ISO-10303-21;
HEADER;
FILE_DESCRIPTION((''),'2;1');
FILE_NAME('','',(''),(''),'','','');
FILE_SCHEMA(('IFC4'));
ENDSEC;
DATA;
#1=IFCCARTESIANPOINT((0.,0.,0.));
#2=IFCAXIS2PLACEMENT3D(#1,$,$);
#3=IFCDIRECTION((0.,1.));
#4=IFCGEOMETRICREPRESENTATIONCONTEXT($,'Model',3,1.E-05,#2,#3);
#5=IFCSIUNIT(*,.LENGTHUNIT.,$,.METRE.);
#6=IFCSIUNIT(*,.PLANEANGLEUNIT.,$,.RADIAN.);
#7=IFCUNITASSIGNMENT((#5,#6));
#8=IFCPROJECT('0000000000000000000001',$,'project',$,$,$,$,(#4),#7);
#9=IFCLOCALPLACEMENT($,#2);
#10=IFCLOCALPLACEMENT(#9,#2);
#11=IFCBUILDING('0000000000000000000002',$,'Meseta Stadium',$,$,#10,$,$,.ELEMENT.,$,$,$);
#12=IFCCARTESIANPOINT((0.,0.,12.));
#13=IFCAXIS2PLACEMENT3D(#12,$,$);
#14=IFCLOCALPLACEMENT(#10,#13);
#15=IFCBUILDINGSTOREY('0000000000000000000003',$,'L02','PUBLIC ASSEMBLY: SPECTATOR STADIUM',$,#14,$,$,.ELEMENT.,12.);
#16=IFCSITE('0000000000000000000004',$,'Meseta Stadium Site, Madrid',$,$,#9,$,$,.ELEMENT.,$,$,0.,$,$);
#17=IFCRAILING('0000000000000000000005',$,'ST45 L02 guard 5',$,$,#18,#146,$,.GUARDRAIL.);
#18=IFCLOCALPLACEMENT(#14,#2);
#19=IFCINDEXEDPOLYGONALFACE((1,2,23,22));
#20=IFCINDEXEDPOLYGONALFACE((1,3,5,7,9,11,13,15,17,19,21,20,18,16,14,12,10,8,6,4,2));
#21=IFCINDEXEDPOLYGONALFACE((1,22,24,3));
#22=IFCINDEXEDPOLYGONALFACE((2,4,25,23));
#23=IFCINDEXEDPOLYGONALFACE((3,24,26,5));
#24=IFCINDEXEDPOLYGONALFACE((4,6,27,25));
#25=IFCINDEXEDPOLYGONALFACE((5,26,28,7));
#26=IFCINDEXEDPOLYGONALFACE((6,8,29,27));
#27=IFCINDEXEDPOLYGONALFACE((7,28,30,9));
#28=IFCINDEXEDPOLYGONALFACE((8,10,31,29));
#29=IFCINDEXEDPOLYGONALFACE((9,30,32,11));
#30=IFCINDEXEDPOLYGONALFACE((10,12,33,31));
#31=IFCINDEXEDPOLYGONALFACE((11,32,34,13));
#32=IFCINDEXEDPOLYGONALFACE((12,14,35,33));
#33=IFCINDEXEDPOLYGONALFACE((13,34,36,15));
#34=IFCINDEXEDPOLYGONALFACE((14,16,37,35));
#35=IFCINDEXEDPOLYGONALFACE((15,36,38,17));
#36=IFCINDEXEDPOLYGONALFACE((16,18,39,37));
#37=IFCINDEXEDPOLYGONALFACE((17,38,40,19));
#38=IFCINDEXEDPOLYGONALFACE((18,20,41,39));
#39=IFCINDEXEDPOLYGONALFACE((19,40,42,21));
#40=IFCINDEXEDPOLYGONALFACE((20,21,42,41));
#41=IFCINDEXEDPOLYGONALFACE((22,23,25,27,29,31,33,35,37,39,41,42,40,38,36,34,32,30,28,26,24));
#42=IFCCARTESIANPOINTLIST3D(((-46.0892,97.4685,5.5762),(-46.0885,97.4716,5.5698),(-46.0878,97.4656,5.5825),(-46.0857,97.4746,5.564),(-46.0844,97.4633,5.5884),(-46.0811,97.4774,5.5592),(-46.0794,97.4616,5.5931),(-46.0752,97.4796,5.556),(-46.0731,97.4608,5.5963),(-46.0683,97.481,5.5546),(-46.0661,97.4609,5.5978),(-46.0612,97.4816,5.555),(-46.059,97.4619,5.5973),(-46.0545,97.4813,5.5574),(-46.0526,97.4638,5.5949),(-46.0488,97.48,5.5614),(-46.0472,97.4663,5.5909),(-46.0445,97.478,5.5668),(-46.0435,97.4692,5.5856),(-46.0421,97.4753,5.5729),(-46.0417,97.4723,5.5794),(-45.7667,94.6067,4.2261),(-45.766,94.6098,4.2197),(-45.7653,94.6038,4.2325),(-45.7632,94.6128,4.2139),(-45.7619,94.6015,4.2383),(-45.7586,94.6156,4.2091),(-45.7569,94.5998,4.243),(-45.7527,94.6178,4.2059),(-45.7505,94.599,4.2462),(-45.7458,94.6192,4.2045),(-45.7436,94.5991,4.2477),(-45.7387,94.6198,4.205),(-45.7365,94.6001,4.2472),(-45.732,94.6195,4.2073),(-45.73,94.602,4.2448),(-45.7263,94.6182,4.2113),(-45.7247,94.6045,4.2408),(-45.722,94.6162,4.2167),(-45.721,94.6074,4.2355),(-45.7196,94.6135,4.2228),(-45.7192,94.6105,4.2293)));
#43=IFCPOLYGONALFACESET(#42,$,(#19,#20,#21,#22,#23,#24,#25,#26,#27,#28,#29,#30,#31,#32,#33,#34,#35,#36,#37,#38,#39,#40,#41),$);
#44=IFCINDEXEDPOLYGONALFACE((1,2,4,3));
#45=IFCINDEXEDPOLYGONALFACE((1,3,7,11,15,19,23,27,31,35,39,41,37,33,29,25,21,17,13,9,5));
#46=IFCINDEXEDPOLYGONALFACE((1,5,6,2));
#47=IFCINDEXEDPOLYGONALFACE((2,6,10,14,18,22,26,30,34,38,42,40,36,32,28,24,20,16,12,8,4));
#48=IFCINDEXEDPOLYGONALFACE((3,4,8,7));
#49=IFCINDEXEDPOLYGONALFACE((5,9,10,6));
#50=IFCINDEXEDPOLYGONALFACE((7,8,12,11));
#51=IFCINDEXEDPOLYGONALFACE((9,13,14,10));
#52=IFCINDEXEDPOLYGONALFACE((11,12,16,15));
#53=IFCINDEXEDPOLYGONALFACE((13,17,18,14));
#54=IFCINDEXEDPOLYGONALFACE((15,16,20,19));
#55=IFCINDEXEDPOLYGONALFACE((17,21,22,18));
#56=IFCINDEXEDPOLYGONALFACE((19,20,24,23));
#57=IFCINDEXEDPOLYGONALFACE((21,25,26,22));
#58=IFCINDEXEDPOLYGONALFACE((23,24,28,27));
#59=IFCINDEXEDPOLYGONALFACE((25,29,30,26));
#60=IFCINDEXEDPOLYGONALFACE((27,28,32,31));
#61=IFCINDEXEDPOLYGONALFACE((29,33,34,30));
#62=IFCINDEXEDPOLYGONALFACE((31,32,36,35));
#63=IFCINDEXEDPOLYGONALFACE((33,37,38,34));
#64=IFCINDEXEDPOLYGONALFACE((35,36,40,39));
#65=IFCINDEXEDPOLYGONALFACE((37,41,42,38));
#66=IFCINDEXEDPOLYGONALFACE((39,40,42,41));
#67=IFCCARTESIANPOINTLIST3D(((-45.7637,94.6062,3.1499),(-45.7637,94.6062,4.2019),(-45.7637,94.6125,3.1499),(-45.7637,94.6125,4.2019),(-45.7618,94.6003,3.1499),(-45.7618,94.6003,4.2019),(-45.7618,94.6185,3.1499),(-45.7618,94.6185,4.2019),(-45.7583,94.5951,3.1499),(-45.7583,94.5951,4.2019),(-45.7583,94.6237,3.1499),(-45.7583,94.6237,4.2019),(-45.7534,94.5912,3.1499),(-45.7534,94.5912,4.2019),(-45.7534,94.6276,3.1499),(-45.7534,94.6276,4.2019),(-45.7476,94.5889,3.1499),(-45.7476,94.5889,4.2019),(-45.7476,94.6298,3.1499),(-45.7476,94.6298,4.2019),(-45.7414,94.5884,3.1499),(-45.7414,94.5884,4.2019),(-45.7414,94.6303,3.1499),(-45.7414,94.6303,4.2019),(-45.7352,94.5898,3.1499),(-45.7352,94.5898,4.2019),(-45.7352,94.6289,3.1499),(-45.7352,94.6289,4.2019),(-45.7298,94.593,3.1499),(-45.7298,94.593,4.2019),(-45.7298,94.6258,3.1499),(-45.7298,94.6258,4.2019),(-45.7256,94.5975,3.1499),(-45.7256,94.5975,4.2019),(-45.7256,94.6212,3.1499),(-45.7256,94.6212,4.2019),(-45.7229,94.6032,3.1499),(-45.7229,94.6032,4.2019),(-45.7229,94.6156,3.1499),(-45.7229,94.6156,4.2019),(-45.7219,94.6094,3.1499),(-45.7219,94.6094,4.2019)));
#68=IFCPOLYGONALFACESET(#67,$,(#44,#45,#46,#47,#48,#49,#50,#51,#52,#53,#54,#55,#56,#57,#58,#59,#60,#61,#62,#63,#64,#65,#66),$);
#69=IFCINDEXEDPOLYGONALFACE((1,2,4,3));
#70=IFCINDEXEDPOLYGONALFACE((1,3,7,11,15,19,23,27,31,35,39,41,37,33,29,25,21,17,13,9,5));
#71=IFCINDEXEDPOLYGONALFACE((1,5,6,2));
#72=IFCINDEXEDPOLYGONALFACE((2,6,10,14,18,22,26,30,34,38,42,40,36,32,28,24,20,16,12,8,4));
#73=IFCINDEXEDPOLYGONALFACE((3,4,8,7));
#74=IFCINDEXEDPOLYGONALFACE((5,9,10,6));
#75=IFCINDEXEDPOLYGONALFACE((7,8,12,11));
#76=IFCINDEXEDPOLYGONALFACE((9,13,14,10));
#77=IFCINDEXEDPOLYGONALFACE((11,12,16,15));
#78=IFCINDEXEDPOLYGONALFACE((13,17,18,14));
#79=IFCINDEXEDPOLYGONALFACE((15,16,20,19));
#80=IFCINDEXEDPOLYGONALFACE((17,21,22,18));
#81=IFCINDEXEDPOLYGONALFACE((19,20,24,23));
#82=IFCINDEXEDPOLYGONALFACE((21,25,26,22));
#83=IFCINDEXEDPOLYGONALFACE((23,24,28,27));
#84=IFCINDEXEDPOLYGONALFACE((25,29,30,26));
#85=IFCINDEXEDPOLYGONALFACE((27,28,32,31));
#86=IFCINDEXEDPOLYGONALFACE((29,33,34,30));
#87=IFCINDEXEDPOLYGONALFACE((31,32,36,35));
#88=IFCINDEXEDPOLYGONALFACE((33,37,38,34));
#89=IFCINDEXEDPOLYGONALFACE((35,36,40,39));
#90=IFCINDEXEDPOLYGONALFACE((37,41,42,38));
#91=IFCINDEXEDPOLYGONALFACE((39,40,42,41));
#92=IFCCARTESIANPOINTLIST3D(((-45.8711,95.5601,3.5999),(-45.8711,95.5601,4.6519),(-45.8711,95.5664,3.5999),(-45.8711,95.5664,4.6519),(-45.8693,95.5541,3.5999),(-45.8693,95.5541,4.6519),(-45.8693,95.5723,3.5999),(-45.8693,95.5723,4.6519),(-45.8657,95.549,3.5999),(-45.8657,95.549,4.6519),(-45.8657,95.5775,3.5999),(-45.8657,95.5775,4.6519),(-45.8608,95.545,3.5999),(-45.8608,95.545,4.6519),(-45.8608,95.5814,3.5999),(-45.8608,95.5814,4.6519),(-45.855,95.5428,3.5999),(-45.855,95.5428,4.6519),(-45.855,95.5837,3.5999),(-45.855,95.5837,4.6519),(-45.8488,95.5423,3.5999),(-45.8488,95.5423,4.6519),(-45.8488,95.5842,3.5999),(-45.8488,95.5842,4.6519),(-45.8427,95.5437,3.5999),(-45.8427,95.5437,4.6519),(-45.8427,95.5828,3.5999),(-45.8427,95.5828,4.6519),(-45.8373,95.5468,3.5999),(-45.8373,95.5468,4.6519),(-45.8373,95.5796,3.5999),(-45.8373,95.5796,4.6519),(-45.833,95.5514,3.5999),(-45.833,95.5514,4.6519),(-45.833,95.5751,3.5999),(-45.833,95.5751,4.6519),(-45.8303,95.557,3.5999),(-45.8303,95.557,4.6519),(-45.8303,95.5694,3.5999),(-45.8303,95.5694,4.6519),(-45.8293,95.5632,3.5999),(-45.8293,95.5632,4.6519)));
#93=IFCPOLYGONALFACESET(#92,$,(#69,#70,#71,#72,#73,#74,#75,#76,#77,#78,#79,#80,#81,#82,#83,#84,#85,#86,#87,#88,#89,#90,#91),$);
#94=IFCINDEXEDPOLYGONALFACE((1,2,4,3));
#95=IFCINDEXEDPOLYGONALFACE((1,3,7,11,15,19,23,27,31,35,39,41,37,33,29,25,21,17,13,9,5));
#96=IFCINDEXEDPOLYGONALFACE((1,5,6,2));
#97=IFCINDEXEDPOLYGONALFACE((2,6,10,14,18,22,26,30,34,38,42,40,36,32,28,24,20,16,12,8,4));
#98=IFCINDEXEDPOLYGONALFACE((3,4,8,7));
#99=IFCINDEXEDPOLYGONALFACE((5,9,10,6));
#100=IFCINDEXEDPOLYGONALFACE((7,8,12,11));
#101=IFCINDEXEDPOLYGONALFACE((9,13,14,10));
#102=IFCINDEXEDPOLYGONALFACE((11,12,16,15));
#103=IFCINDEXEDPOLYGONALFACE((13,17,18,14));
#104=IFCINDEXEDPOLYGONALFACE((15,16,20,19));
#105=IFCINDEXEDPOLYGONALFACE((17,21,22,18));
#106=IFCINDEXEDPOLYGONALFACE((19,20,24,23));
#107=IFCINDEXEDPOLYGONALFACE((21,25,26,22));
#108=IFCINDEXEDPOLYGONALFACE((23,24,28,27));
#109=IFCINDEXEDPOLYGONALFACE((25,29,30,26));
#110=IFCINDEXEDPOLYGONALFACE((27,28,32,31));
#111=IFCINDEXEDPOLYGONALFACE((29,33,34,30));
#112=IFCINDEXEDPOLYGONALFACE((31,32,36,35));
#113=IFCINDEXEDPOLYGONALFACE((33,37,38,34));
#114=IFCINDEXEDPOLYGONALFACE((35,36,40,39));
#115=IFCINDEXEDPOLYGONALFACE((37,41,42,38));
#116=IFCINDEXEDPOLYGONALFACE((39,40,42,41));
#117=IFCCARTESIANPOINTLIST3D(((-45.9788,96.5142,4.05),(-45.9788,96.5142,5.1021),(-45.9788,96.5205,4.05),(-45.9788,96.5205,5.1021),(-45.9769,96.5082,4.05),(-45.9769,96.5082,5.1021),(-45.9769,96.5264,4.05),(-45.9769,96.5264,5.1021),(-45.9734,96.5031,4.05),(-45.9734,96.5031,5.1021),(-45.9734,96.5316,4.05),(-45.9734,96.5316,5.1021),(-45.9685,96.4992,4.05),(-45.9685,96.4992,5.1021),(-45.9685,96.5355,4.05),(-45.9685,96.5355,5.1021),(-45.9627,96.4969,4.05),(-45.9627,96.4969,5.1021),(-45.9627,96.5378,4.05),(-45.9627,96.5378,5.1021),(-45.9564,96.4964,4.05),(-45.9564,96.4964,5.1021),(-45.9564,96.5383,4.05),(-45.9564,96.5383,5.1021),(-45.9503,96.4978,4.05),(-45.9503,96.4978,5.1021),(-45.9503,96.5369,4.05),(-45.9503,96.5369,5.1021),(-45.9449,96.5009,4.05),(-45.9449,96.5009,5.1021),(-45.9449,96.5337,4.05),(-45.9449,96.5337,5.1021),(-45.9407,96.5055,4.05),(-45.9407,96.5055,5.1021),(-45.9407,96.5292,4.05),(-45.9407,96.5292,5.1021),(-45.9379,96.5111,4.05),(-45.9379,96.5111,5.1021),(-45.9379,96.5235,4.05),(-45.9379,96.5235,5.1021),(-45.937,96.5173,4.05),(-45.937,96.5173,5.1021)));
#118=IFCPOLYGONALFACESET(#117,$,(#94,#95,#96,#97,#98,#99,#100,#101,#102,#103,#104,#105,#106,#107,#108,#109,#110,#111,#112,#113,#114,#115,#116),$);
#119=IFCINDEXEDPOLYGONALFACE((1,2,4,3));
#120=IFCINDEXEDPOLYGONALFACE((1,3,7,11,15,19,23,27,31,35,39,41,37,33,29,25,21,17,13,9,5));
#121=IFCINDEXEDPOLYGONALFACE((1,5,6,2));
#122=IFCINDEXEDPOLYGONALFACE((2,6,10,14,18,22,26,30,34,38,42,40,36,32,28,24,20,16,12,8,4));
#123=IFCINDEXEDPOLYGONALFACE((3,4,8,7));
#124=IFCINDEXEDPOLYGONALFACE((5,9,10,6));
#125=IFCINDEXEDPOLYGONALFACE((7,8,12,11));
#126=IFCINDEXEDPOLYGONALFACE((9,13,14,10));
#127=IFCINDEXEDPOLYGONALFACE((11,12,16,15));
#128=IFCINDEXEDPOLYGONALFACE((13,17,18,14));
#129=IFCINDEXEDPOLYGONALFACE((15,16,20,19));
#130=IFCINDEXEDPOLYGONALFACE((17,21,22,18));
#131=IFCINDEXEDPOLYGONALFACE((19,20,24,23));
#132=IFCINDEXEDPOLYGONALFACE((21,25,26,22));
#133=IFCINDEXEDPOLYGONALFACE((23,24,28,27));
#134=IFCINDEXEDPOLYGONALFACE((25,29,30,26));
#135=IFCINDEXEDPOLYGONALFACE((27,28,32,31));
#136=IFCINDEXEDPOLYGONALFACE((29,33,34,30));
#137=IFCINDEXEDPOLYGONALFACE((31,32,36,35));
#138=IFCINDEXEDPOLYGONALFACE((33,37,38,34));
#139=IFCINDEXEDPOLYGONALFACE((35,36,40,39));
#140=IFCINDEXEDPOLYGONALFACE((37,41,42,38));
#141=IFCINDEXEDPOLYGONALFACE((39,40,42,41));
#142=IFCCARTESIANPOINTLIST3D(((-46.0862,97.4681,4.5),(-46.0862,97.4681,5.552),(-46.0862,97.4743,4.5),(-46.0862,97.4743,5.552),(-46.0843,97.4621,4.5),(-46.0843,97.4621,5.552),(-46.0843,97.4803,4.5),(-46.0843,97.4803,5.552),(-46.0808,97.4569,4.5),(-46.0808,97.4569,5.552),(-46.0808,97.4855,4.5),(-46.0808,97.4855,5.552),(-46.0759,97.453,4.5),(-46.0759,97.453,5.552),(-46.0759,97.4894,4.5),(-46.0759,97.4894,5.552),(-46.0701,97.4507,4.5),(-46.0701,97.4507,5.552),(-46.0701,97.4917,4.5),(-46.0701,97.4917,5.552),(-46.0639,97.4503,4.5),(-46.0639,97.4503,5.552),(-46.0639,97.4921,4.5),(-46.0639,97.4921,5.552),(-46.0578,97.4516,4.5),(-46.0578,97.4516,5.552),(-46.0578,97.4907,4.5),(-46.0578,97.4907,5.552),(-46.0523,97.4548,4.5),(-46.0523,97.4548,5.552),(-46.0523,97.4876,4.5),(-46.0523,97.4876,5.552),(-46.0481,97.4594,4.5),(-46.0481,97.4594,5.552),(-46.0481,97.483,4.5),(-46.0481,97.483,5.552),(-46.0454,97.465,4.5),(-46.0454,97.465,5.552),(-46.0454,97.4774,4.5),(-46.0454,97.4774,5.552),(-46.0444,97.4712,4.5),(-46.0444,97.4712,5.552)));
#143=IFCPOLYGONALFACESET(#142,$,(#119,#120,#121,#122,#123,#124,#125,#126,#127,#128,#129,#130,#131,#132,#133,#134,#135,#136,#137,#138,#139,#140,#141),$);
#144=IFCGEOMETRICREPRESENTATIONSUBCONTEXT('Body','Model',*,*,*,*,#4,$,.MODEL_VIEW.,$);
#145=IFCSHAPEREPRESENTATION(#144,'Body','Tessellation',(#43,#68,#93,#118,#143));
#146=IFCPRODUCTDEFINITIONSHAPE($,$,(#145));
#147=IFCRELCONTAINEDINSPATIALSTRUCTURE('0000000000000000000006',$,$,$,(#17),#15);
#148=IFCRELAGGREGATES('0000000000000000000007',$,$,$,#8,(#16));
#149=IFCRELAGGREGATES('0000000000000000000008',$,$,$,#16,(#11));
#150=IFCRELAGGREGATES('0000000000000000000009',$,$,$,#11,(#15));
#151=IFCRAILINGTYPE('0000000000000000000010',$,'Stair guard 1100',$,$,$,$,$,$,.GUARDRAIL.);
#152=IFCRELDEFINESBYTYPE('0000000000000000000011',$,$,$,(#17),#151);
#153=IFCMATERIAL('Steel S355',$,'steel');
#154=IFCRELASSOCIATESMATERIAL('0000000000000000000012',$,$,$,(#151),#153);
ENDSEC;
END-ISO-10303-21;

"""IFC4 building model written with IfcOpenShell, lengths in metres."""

from ifc_helpers import new_model, si_unit, direction, frame, origin, origin_2d, place, context, subcontext, project, spatial, circle, extrude, material, type_object, element, save


model = new_model("IFC4")

# Units and contexts
model_context = context("Model", 3, precision=1e-05, world=origin(), true_north=direction((0.0, 1.0)))
body_context = subcontext(model_context, "Body", "Model", "MODEL_VIEW")
ifc_project = project(units=[si_unit("LENGTHUNIT", "METRE"), si_unit("PLANEANGLEUNIT", "RADIAN")], contexts=[model_context])

# Site, building, storey
site_placement = place(None, origin())
site = spatial("IfcSite", under=ifc_project, at=site_placement, Name="Meseta Stadium Site, Madrid", CompositionType="ELEMENT", RefElevation=0.0)
building_placement = place(site_placement, origin())
building = spatial("IfcBuilding", under=site, at=building_placement, Name="Meseta Stadium", CompositionType="ELEMENT")
storey_placement = place(building_placement, frame((0.0, 0.0, 12.0)))
storey = spatial("IfcBuildingStorey", under=building, at=storey_placement, Name="L02", Description="PUBLIC ASSEMBLY: SPECTATOR STADIUM", CompositionType="ELEMENT", Elevation=12.0)

# Railing
ifc_material_1 = material(Name="Steel S355", Category="steel")
railing_type_1 = type_object("IfcRailingType", Name="Stair guard 1100", PredefinedType="GUARDRAIL", material=ifc_material_1)
railing_1_placement = place(storey_placement, frame((-45.7429, 94.6094, 3.1499)))
element("IfcRailing", 1, at=railing_1_placement, inside=storey, type_object=railing_type_1, Name="ST45 L02 guard 5", PredefinedType="GUARDRAIL", context=body_context, shape_type="SweptSolid", body=[
    extrude(circle(Radius=0.0239, at=origin_2d()), frame((0.0, 0.0, 1.0762), z_axis=(-0.101396, 0.899748, 0.424467), x_axis=(-0.99371, -0.111985, 0.0)), (0.0, 0.0, 1.0), 3.1807),
    extrude(circle(Radius=0.021, at=origin_2d()), origin(), (0.0, 0.0, 1.0), 1.052),
    extrude(circle(Radius=0.021, at=origin_2d()), frame((-0.1074, 0.9539, 0.45)), (0.0, 0.0, 1.0), 1.052),
    extrude(circle(Radius=0.021, at=origin_2d()), frame((-0.2151, 1.908, 0.9001)), (0.0, 0.0, 1.0), 1.052),
    extrude(circle(Radius=0.021, at=origin_2d()), frame((-0.3225, 2.8618, 1.3501)), (0.0, 0.0, 1.0), 1.052),
])

save(model, "model.ifc")
